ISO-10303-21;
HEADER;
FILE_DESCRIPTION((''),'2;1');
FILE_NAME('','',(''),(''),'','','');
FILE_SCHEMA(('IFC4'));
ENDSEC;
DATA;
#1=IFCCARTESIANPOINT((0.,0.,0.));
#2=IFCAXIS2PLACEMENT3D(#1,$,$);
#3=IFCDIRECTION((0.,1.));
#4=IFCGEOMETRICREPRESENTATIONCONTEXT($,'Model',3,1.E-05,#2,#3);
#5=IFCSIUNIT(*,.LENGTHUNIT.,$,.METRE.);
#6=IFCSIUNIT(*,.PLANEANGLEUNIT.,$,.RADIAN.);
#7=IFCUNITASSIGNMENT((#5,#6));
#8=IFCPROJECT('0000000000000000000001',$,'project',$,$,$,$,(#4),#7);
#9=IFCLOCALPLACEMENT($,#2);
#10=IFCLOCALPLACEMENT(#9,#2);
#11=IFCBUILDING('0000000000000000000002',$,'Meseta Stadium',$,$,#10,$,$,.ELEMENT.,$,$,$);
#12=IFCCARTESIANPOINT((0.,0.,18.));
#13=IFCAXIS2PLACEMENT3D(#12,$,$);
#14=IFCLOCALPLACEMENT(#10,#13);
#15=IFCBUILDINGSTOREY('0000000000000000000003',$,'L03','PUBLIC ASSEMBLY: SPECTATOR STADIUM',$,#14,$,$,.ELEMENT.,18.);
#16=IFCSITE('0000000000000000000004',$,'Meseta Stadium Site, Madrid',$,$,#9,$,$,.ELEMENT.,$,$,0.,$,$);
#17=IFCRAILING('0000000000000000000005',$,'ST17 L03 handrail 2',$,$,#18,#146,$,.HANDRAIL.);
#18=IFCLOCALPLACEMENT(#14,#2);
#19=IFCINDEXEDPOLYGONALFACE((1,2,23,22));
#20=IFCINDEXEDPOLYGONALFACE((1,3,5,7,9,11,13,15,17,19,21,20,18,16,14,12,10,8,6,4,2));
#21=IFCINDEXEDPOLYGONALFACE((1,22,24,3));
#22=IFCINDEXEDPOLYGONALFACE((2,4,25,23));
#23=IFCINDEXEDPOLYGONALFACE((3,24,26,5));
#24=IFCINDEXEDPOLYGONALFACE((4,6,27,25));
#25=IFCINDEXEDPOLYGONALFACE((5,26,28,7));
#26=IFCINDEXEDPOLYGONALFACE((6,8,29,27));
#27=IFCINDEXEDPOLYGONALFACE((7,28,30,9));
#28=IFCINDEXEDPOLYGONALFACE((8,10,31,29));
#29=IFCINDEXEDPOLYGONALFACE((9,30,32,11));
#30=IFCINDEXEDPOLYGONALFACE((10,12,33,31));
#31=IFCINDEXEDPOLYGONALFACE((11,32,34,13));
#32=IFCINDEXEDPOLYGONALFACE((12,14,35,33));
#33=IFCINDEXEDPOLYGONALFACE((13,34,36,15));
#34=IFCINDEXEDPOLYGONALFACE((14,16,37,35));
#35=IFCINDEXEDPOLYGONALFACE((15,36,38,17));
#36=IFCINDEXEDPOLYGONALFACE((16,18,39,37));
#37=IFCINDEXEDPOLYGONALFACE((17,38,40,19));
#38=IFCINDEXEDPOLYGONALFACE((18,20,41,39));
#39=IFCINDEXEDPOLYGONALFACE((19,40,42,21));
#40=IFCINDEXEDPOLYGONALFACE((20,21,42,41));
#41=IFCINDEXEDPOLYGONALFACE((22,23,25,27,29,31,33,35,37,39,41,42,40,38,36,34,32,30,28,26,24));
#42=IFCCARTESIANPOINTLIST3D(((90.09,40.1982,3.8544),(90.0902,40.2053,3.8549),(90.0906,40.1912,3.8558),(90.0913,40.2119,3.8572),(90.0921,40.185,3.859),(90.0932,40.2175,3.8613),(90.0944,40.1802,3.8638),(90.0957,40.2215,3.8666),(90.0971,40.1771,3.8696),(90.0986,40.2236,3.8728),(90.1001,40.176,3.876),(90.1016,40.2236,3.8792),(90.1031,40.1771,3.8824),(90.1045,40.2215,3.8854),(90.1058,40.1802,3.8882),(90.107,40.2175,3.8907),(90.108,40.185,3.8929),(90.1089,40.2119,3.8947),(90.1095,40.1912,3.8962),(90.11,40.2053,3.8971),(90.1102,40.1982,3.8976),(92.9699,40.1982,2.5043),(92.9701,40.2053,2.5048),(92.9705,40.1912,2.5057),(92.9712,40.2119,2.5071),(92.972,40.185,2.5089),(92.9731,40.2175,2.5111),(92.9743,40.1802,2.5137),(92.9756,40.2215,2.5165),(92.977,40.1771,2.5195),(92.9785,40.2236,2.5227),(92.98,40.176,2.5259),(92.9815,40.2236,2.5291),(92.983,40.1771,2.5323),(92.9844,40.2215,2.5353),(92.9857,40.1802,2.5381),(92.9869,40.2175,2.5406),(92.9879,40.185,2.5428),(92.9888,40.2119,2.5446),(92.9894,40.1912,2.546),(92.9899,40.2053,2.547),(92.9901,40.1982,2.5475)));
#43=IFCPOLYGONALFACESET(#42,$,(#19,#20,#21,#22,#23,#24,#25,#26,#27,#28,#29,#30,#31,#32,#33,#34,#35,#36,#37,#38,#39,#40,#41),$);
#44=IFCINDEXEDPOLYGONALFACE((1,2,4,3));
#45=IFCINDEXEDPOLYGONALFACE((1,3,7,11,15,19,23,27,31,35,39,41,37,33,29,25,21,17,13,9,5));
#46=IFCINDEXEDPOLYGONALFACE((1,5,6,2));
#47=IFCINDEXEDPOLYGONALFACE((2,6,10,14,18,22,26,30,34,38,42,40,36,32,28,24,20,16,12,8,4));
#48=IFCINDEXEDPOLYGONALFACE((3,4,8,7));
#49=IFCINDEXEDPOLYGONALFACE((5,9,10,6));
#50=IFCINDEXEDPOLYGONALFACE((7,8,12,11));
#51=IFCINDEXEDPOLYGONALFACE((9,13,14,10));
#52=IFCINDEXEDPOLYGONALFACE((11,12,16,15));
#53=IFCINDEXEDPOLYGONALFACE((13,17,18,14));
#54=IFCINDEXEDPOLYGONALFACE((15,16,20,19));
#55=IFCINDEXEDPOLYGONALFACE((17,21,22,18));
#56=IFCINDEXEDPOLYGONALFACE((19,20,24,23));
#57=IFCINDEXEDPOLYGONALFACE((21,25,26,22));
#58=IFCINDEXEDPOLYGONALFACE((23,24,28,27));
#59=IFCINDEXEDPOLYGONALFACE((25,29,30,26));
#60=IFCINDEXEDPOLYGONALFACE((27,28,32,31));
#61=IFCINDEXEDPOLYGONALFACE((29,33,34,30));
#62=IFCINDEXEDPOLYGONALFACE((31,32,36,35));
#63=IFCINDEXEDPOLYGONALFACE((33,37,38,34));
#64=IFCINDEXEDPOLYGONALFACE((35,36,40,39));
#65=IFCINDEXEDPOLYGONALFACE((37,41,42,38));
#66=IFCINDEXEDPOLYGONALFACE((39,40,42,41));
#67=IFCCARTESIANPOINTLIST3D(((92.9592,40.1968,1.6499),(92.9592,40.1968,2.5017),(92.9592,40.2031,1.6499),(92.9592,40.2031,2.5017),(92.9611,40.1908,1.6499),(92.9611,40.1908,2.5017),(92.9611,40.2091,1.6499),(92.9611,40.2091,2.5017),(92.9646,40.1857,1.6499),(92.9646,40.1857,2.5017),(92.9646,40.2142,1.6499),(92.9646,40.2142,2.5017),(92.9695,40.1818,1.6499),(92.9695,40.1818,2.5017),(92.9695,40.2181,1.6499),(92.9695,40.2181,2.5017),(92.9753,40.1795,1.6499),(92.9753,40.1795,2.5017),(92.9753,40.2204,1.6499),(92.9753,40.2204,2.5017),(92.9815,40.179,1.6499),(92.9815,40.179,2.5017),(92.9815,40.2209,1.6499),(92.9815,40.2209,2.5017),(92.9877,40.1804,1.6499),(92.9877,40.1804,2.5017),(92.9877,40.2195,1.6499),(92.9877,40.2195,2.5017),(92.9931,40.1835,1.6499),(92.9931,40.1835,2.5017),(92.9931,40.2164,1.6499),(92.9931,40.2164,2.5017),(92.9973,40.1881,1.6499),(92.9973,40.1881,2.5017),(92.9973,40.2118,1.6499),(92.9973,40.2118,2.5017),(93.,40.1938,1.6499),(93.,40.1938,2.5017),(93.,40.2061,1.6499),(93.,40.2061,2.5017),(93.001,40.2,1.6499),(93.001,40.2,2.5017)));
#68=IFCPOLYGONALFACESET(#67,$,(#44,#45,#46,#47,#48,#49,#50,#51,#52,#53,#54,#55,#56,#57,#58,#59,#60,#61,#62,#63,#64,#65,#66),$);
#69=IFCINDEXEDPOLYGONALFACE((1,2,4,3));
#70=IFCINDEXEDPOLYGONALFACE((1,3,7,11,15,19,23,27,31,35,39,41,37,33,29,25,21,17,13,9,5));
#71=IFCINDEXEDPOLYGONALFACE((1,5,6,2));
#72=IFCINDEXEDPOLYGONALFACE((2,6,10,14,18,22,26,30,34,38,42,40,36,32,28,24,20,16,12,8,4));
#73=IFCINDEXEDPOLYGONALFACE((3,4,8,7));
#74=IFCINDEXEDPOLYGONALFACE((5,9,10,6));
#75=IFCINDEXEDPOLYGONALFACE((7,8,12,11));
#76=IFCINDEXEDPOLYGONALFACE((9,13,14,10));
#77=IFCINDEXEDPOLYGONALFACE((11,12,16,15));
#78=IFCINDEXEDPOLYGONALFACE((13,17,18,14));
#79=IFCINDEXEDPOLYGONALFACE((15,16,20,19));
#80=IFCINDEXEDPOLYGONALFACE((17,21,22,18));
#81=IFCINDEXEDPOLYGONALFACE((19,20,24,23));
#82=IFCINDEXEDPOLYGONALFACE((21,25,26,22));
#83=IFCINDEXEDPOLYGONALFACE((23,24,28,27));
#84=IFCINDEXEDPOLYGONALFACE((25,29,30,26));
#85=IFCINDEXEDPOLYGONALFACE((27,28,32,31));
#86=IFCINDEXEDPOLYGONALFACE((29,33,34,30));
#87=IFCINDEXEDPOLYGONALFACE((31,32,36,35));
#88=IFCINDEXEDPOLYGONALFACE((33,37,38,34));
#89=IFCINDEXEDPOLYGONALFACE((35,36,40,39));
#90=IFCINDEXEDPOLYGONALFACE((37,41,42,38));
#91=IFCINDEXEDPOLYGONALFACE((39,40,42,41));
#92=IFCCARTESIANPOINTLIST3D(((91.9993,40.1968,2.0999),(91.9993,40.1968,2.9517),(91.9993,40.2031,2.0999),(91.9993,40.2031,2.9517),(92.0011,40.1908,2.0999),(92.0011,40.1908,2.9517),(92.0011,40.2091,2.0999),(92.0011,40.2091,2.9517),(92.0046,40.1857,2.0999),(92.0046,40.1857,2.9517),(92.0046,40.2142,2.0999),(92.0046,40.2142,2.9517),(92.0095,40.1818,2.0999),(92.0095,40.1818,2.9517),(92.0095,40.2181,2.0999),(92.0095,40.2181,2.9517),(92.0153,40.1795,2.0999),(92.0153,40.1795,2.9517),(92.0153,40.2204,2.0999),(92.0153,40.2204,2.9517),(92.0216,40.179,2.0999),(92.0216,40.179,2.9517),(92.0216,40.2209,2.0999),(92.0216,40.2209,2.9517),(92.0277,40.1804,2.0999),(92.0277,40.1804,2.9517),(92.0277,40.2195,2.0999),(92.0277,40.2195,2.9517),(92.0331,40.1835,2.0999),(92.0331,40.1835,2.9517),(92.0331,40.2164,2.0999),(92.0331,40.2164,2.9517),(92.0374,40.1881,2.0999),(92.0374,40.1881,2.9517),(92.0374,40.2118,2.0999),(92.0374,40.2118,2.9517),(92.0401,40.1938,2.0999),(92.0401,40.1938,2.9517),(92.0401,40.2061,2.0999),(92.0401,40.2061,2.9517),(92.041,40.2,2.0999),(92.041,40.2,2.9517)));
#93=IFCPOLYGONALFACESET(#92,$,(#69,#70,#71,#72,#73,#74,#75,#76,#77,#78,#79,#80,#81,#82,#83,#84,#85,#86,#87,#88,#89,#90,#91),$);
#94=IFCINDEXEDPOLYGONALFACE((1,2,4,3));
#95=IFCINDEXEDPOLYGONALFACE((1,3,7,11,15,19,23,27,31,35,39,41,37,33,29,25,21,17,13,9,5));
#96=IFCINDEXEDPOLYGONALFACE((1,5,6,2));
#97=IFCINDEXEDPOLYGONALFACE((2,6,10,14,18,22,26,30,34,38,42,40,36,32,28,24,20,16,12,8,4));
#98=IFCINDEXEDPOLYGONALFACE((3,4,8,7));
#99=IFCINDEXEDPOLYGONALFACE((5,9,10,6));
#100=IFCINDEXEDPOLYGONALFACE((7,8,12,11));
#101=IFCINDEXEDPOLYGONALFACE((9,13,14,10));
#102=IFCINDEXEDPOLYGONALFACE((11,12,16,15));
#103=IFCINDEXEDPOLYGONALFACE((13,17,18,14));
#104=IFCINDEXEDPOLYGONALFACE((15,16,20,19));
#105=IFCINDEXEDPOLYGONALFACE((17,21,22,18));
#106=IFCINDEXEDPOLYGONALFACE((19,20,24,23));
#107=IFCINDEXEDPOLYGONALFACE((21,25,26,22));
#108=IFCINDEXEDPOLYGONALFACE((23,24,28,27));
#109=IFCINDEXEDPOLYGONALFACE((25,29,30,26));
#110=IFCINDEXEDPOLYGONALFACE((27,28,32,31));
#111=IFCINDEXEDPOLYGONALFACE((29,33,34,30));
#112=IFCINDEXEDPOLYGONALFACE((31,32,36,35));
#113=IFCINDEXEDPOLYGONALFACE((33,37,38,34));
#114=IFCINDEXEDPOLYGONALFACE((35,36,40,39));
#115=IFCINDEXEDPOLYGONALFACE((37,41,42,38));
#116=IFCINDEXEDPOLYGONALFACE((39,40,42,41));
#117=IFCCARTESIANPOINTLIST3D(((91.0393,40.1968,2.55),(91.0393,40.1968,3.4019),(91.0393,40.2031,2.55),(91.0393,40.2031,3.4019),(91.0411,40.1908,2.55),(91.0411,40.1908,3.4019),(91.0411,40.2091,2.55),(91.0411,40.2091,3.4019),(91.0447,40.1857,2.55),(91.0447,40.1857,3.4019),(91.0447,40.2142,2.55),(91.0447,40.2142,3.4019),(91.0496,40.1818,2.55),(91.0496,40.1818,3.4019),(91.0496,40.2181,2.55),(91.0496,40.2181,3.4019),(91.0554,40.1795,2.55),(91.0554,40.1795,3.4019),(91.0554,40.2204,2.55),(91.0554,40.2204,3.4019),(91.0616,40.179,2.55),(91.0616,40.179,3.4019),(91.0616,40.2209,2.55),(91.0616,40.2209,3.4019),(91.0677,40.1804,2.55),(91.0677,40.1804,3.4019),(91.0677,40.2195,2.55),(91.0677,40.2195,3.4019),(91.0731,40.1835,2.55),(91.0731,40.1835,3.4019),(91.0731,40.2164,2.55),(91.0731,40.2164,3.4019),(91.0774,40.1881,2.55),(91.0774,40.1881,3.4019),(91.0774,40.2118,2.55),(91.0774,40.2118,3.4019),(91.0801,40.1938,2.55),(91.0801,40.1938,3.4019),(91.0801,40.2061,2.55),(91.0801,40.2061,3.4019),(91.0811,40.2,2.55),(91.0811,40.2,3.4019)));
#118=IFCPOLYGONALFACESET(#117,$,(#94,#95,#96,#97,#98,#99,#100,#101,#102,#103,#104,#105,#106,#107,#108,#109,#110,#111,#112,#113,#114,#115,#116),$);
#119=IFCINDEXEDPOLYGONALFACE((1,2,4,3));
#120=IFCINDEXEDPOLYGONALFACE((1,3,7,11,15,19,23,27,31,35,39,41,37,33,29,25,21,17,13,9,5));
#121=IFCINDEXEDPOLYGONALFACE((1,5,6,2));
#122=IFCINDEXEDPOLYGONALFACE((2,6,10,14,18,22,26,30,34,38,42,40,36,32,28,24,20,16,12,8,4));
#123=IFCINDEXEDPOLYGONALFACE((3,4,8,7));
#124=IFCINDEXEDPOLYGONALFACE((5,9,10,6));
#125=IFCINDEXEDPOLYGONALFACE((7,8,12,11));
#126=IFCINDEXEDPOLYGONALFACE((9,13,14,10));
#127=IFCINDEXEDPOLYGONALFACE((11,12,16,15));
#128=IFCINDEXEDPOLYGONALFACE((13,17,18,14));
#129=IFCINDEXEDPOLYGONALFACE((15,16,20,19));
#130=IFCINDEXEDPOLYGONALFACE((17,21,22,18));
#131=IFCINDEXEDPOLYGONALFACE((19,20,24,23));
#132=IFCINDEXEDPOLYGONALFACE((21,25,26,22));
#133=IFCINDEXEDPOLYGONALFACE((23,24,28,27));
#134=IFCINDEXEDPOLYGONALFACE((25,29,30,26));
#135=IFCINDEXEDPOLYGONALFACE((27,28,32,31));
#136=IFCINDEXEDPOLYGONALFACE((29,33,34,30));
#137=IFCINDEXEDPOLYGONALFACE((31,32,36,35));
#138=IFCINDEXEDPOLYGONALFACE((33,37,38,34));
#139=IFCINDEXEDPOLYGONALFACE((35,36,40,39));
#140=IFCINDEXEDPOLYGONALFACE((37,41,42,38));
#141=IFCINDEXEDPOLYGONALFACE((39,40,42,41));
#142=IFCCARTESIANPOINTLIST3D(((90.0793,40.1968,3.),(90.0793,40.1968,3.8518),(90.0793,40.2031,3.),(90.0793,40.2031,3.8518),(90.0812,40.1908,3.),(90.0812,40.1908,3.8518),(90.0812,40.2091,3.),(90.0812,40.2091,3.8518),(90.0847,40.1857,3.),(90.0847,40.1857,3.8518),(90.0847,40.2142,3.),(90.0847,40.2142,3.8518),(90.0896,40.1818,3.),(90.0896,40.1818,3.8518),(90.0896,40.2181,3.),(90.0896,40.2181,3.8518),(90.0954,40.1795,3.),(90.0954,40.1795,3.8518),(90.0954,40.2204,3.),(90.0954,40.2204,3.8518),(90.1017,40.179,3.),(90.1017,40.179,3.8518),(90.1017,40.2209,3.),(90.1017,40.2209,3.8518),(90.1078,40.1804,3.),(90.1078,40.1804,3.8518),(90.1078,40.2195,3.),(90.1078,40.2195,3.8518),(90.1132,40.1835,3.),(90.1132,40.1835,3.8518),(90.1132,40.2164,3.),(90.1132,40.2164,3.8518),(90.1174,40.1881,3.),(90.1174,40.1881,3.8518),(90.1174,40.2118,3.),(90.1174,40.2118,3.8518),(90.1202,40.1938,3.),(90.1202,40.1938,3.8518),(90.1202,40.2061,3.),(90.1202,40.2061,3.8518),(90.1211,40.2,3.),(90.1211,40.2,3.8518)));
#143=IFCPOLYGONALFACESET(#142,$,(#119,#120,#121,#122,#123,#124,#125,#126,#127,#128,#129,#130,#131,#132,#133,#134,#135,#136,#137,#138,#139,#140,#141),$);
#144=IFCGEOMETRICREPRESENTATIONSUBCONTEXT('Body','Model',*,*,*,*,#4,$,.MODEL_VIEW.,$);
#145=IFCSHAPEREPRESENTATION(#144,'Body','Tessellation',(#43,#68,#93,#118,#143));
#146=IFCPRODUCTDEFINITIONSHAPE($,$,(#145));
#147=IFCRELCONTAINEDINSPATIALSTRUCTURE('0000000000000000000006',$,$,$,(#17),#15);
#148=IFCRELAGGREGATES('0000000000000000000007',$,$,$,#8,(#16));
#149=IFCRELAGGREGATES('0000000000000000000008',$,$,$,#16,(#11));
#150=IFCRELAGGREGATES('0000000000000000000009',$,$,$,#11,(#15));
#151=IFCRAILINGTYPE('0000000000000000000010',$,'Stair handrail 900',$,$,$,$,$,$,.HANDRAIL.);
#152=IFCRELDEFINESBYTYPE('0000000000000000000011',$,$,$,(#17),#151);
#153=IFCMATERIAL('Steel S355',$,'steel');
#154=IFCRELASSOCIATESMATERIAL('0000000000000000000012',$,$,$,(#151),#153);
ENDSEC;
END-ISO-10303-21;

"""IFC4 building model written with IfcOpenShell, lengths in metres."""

from ifc_helpers import new_model, si_unit, direction, frame, origin, origin_2d, place, context, subcontext, project, spatial, circle, extrude, material, type_object, element, save


model = new_model("IFC4")

# Units and contexts
model_context = context("Model", 3, precision=1e-05, world=origin(), true_north=direction((0.0, 1.0)))
body_context = subcontext(model_context, "Body", "Model", "MODEL_VIEW")
ifc_project = project(units=[si_unit("LENGTHUNIT", "METRE"), si_unit("PLANEANGLEUNIT", "RADIAN")], contexts=[model_context])

# Site, building, storey
site_placement = place(None, origin())
site = spatial("IfcSite", under=ifc_project, at=site_placement, Name="Meseta Stadium Site, Madrid", CompositionType="ELEMENT", RefElevation=0.0)
building_placement = place(site_placement, origin())
building = spatial("IfcBuilding", under=site, at=building_placement, Name="Meseta Stadium", CompositionType="ELEMENT")
storey_placement = place(building_placement, frame((0.0, 0.0, 18.0)))
storey = spatial("IfcBuildingStorey", under=building, at=storey_placement, Name="L03", Description="PUBLIC ASSEMBLY: SPECTATOR STADIUM", CompositionType="ELEMENT", Elevation=18.0)

# Railing
ifc_material_1 = material(Name="Steel S355", Category="steel")
railing_type_1 = type_object("IfcRailingType", Name="Stair handrail 900", PredefinedType="HANDRAIL", material=ifc_material_1)
for number, where, name in (
    (1, (92.98, 40.2, 1.6499), "ST17 L03 handrail 2"),
):
    element("IfcRailing", number, at=place(storey_placement, frame(where)), inside=storey, type_object=railing_type_1, Name=name, PredefinedType="HANDRAIL", context=body_context, shape_type="SweptSolid", body=[
        extrude(circle(Radius=0.0239, at=origin_2d()), frame((0.0, 0.0, 0.876), z_axis=(-0.90544, 0.0, 0.424473), x_axis=(0.0, -1.0, 0.0)), (0.0, 0.0, 1.0), 3.1807),
        extrude(circle(Radius=0.021, at=origin_2d()), origin(), (0.0, 0.0, 1.0), 0.8518),
        extrude(circle(Radius=0.021, at=origin_2d()), frame((-0.96, 0.0, 0.45)), (0.0, 0.0, 1.0), 0.8518),
        extrude(circle(Radius=0.021, at=origin_2d()), frame((-1.9199, 0.0, 0.9001)), (0.0, 0.0, 1.0), 0.8518),
        extrude(circle(Radius=0.021, at=origin_2d()), frame((-2.8799, 0.0, 1.3501)), (0.0, 0.0, 1.0), 0.8518),
    ])

save(model, "model.ifc")
